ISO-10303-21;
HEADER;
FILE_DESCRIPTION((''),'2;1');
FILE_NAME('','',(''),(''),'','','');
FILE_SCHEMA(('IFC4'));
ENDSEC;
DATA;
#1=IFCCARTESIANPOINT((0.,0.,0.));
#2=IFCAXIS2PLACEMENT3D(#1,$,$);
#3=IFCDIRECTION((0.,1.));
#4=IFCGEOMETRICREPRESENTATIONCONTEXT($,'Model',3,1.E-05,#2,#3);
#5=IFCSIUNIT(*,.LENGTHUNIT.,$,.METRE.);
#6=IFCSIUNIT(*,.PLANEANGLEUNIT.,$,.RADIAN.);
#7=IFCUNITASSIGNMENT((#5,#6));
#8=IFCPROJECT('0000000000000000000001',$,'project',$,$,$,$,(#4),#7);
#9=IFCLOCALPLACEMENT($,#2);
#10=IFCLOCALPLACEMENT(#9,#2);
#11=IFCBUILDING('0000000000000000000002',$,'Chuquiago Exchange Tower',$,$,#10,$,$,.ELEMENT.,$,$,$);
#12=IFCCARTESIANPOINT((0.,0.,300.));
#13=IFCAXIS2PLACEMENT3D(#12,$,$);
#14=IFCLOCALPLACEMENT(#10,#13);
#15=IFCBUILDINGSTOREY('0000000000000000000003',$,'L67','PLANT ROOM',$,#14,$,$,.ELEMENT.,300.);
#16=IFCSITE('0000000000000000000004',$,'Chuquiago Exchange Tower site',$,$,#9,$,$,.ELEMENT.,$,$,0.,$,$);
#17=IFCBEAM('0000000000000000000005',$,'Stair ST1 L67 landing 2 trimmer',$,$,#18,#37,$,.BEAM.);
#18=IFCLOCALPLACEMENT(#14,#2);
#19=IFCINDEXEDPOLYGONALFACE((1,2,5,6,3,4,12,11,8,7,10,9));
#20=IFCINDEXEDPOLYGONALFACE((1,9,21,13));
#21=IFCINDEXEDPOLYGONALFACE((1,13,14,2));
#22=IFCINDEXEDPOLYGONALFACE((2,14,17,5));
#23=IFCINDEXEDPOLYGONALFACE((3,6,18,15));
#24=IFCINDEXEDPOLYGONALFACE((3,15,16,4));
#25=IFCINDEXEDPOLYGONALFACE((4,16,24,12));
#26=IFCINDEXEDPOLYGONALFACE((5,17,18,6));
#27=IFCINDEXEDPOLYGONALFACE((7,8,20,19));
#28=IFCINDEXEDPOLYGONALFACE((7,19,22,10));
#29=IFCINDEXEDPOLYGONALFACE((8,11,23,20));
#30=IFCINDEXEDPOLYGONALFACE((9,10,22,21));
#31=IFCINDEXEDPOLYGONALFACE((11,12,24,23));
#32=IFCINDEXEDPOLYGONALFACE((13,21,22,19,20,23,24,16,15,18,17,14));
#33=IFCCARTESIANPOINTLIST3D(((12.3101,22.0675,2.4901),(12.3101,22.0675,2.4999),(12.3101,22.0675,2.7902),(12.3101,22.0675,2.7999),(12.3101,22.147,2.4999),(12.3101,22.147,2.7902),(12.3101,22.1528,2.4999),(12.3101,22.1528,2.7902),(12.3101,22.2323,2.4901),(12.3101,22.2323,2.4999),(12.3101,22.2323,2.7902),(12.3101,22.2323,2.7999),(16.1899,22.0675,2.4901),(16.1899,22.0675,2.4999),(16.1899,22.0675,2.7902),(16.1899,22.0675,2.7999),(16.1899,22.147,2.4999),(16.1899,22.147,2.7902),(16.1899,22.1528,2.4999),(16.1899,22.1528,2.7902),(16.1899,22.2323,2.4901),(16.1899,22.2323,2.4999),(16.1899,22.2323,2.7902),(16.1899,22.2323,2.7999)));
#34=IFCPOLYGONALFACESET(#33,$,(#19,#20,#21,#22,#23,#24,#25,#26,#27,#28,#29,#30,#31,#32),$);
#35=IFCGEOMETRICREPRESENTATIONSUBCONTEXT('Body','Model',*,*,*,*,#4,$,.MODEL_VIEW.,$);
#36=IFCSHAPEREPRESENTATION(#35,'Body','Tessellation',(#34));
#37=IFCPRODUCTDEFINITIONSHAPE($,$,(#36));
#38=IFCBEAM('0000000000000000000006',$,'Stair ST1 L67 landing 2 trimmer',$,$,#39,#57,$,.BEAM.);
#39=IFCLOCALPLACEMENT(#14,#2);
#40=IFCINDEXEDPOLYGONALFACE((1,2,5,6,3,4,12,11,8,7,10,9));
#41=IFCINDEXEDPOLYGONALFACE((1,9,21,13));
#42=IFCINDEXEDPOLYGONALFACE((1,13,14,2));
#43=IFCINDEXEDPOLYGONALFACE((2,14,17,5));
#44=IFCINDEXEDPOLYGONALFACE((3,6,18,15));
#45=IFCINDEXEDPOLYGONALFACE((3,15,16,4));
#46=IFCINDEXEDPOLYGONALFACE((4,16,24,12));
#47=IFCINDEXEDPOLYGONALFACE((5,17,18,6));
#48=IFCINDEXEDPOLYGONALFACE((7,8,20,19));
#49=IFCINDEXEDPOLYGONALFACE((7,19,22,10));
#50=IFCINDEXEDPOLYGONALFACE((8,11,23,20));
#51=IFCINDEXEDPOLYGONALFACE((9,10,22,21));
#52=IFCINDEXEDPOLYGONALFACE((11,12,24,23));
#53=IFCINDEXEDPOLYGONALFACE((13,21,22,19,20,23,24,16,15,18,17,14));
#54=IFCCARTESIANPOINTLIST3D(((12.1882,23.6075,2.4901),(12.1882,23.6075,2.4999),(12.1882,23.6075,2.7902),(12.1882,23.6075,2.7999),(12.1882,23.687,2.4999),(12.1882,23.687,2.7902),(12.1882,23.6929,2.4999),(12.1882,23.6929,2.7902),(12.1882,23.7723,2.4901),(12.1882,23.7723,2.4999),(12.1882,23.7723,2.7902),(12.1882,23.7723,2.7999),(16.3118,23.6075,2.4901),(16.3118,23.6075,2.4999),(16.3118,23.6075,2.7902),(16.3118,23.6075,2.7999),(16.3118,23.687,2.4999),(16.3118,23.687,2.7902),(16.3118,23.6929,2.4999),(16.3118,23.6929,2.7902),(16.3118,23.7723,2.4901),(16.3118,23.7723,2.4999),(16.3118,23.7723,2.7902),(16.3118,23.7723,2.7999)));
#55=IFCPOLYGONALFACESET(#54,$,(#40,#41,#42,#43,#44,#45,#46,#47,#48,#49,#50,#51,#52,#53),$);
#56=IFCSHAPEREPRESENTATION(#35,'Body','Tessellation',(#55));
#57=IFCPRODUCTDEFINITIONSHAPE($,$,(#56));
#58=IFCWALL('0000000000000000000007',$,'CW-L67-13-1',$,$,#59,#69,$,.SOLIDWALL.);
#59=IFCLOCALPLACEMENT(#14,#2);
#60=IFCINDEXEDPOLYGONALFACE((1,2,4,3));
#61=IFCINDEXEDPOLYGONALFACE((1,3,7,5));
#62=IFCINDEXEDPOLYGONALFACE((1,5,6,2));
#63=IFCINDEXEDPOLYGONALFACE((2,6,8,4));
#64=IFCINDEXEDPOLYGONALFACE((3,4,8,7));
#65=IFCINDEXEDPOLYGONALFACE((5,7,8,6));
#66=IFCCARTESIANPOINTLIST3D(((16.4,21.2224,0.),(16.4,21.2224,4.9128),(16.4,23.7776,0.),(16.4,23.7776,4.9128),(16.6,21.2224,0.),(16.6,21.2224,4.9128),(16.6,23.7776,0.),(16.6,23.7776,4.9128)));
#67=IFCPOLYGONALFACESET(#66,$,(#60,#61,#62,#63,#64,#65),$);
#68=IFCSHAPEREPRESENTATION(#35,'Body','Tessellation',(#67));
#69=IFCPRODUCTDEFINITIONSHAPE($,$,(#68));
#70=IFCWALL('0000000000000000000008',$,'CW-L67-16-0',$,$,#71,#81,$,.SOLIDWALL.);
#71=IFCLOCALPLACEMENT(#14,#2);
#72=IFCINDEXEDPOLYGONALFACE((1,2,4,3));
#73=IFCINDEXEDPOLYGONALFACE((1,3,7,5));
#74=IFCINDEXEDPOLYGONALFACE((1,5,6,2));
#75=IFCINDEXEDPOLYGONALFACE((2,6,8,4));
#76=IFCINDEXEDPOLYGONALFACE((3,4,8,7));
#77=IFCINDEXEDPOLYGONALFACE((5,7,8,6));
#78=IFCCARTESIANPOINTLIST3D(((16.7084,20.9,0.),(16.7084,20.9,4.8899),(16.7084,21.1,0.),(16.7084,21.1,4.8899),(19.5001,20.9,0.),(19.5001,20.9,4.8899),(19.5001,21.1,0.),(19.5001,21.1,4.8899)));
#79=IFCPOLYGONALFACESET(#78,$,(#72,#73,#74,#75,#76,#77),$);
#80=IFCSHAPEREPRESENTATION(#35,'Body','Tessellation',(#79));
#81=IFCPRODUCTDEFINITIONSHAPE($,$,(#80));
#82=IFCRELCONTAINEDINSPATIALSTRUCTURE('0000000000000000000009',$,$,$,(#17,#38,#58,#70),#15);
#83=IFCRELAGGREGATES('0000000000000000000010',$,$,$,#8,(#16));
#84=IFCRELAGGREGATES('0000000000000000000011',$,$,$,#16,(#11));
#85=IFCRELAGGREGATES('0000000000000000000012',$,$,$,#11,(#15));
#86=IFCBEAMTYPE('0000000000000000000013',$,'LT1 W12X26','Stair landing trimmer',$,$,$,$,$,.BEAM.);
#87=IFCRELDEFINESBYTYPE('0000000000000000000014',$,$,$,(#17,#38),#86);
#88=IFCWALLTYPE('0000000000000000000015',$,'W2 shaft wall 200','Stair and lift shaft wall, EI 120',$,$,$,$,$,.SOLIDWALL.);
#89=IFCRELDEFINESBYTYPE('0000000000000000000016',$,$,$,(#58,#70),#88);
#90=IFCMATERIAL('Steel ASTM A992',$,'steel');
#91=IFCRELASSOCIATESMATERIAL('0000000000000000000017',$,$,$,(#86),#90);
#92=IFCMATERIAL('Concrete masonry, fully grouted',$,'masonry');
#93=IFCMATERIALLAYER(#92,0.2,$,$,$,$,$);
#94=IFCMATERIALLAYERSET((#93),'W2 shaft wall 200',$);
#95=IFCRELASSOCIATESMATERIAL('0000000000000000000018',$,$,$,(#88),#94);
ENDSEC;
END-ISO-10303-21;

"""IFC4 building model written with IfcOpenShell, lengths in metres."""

from ifc_helpers import new_model, si_unit, direction, frame, frame_2d, origin, origin_2d, place, context, subcontext, project, spatial, rectangle, i_section, extrude, material, layer, layer_set, material_profile, profile_set, type_object, element, save


model = new_model("IFC4")

# Units and contexts
model_context = context("Model", 3, precision=1e-05, world=origin(), true_north=direction((0.0, 1.0)))
body_context = subcontext(model_context, "Body", "Model", "MODEL_VIEW")
ifc_project = project(units=[si_unit("LENGTHUNIT", "METRE"), si_unit("PLANEANGLEUNIT", "RADIAN")], contexts=[model_context])

# Site, building, storey
site_placement = place(None, origin())
site = spatial("IfcSite", under=ifc_project, at=site_placement, Name="Chuquiago Exchange Tower site", CompositionType="ELEMENT", RefElevation=0.0)
building_placement = place(site_placement, origin())
building = spatial("IfcBuilding", under=site, at=building_placement, Name="Chuquiago Exchange Tower", CompositionType="ELEMENT")
storey_placement = place(building_placement, frame((0.0, 0.0, 300.0)))
storey = spatial("IfcBuildingStorey", under=building, at=storey_placement, Name="L67", Description="PLANT ROOM", CompositionType="ELEMENT", Elevation=300.0)

# Beams
ifc_material_1 = material(Name="Steel ASTM A992", Category="steel")
ifc_material_profile_1 = material_profile(ifc_material_1, i_section(OverallWidth=0.1648, OverallDepth=0.3098, WebThickness=0.0059, FlangeThickness=0.0098, at=origin_2d()), Name="W12X26")
ifc_profile_set_1 = profile_set([ifc_material_profile_1], Name="Steel ASTM A992")
beam_type_1 = type_object("IfcBeamType", Name="LT1 W12X26", Description="Stair landing trimmer", PredefinedType="BEAM", material=ifc_profile_set_1)
beam_1_placement = place(storey_placement, frame((12.3101, 22.1499, 2.645), z_axis=(1.0, 0.0, 0.0), x_axis=(0.0, 1.0, 0.0)))
element("IfcBeam", 1, at=beam_1_placement, inside=storey, type_object=beam_type_1, Name="Stair ST1 L67 landing 2 trimmer", PredefinedType="BEAM", context=body_context, shape_type="SweptSolid", body=[
    extrude(i_section(OverallWidth=0.1648, OverallDepth=0.3098, WebThickness=0.0059, FlangeThickness=0.0098, at=origin_2d()), origin(), (0.0, 0.0, 1.0), 3.8799),
])
beam_2_placement = place(storey_placement, frame((12.1882, 23.6899, 2.645), z_axis=(1.0, 0.0, 0.0), x_axis=(0.0, 1.0, 0.0)))
element("IfcBeam", 2, at=beam_2_placement, inside=storey, type_object=beam_type_1, Name="Stair ST1 L67 landing 2 trimmer", PredefinedType="BEAM", context=body_context, shape_type="SweptSolid", body=[
    extrude(i_section(OverallWidth=0.1648, OverallDepth=0.3098, WebThickness=0.0059, FlangeThickness=0.0098, at=origin_2d()), origin(), (0.0, 0.0, 1.0), 4.1235),
])

# Walls
ifc_material_2 = material(Name="Concrete masonry, fully grouted", Category="masonry")
ifc_layer = layer(ifc_material_2, 0.2)
ifc_layer_set = layer_set([ifc_layer], Name="W2 shaft wall 200")
wall_type = type_object("IfcWallType", Name="W2 shaft wall 200", Description="Stair and lift shaft wall, EI 120", PredefinedType="SOLIDWALL", material=ifc_layer_set)
wall_1_placement = place(storey_placement, frame((16.5, 21.2224, 0.0), z_axis=(0.0, 0.0, 1.0), x_axis=(0.0, 1.0, 0.0)))
element("IfcWall", 3, at=wall_1_placement, inside=storey, type_object=wall_type, Name="CW-L67-13-1", PredefinedType="SOLIDWALL", context=body_context, shape_type="SweptSolid", body=[
    extrude(rectangle(XDim=2.5552, YDim=0.2, at=frame_2d((1.2776, 0.0))), origin(), (0.0, 0.0, 1.0), 4.9128),
])
wall_2_placement = place(storey_placement, frame((16.7083, 21.0, 0.0), z_axis=(0.0, 0.0, 1.0), x_axis=(1.0, 0.0, 0.0)))
element("IfcWall", 4, at=wall_2_placement, inside=storey, type_object=wall_type, Name="CW-L67-16-0", PredefinedType="SOLIDWALL", context=body_context, shape_type="SweptSolid", body=[
    extrude(rectangle(XDim=2.7917, YDim=0.2, at=frame_2d((1.396, 0.0))), origin(), (0.0, 0.0, 1.0), 4.8899),
])

save(model, "model.ifc")
